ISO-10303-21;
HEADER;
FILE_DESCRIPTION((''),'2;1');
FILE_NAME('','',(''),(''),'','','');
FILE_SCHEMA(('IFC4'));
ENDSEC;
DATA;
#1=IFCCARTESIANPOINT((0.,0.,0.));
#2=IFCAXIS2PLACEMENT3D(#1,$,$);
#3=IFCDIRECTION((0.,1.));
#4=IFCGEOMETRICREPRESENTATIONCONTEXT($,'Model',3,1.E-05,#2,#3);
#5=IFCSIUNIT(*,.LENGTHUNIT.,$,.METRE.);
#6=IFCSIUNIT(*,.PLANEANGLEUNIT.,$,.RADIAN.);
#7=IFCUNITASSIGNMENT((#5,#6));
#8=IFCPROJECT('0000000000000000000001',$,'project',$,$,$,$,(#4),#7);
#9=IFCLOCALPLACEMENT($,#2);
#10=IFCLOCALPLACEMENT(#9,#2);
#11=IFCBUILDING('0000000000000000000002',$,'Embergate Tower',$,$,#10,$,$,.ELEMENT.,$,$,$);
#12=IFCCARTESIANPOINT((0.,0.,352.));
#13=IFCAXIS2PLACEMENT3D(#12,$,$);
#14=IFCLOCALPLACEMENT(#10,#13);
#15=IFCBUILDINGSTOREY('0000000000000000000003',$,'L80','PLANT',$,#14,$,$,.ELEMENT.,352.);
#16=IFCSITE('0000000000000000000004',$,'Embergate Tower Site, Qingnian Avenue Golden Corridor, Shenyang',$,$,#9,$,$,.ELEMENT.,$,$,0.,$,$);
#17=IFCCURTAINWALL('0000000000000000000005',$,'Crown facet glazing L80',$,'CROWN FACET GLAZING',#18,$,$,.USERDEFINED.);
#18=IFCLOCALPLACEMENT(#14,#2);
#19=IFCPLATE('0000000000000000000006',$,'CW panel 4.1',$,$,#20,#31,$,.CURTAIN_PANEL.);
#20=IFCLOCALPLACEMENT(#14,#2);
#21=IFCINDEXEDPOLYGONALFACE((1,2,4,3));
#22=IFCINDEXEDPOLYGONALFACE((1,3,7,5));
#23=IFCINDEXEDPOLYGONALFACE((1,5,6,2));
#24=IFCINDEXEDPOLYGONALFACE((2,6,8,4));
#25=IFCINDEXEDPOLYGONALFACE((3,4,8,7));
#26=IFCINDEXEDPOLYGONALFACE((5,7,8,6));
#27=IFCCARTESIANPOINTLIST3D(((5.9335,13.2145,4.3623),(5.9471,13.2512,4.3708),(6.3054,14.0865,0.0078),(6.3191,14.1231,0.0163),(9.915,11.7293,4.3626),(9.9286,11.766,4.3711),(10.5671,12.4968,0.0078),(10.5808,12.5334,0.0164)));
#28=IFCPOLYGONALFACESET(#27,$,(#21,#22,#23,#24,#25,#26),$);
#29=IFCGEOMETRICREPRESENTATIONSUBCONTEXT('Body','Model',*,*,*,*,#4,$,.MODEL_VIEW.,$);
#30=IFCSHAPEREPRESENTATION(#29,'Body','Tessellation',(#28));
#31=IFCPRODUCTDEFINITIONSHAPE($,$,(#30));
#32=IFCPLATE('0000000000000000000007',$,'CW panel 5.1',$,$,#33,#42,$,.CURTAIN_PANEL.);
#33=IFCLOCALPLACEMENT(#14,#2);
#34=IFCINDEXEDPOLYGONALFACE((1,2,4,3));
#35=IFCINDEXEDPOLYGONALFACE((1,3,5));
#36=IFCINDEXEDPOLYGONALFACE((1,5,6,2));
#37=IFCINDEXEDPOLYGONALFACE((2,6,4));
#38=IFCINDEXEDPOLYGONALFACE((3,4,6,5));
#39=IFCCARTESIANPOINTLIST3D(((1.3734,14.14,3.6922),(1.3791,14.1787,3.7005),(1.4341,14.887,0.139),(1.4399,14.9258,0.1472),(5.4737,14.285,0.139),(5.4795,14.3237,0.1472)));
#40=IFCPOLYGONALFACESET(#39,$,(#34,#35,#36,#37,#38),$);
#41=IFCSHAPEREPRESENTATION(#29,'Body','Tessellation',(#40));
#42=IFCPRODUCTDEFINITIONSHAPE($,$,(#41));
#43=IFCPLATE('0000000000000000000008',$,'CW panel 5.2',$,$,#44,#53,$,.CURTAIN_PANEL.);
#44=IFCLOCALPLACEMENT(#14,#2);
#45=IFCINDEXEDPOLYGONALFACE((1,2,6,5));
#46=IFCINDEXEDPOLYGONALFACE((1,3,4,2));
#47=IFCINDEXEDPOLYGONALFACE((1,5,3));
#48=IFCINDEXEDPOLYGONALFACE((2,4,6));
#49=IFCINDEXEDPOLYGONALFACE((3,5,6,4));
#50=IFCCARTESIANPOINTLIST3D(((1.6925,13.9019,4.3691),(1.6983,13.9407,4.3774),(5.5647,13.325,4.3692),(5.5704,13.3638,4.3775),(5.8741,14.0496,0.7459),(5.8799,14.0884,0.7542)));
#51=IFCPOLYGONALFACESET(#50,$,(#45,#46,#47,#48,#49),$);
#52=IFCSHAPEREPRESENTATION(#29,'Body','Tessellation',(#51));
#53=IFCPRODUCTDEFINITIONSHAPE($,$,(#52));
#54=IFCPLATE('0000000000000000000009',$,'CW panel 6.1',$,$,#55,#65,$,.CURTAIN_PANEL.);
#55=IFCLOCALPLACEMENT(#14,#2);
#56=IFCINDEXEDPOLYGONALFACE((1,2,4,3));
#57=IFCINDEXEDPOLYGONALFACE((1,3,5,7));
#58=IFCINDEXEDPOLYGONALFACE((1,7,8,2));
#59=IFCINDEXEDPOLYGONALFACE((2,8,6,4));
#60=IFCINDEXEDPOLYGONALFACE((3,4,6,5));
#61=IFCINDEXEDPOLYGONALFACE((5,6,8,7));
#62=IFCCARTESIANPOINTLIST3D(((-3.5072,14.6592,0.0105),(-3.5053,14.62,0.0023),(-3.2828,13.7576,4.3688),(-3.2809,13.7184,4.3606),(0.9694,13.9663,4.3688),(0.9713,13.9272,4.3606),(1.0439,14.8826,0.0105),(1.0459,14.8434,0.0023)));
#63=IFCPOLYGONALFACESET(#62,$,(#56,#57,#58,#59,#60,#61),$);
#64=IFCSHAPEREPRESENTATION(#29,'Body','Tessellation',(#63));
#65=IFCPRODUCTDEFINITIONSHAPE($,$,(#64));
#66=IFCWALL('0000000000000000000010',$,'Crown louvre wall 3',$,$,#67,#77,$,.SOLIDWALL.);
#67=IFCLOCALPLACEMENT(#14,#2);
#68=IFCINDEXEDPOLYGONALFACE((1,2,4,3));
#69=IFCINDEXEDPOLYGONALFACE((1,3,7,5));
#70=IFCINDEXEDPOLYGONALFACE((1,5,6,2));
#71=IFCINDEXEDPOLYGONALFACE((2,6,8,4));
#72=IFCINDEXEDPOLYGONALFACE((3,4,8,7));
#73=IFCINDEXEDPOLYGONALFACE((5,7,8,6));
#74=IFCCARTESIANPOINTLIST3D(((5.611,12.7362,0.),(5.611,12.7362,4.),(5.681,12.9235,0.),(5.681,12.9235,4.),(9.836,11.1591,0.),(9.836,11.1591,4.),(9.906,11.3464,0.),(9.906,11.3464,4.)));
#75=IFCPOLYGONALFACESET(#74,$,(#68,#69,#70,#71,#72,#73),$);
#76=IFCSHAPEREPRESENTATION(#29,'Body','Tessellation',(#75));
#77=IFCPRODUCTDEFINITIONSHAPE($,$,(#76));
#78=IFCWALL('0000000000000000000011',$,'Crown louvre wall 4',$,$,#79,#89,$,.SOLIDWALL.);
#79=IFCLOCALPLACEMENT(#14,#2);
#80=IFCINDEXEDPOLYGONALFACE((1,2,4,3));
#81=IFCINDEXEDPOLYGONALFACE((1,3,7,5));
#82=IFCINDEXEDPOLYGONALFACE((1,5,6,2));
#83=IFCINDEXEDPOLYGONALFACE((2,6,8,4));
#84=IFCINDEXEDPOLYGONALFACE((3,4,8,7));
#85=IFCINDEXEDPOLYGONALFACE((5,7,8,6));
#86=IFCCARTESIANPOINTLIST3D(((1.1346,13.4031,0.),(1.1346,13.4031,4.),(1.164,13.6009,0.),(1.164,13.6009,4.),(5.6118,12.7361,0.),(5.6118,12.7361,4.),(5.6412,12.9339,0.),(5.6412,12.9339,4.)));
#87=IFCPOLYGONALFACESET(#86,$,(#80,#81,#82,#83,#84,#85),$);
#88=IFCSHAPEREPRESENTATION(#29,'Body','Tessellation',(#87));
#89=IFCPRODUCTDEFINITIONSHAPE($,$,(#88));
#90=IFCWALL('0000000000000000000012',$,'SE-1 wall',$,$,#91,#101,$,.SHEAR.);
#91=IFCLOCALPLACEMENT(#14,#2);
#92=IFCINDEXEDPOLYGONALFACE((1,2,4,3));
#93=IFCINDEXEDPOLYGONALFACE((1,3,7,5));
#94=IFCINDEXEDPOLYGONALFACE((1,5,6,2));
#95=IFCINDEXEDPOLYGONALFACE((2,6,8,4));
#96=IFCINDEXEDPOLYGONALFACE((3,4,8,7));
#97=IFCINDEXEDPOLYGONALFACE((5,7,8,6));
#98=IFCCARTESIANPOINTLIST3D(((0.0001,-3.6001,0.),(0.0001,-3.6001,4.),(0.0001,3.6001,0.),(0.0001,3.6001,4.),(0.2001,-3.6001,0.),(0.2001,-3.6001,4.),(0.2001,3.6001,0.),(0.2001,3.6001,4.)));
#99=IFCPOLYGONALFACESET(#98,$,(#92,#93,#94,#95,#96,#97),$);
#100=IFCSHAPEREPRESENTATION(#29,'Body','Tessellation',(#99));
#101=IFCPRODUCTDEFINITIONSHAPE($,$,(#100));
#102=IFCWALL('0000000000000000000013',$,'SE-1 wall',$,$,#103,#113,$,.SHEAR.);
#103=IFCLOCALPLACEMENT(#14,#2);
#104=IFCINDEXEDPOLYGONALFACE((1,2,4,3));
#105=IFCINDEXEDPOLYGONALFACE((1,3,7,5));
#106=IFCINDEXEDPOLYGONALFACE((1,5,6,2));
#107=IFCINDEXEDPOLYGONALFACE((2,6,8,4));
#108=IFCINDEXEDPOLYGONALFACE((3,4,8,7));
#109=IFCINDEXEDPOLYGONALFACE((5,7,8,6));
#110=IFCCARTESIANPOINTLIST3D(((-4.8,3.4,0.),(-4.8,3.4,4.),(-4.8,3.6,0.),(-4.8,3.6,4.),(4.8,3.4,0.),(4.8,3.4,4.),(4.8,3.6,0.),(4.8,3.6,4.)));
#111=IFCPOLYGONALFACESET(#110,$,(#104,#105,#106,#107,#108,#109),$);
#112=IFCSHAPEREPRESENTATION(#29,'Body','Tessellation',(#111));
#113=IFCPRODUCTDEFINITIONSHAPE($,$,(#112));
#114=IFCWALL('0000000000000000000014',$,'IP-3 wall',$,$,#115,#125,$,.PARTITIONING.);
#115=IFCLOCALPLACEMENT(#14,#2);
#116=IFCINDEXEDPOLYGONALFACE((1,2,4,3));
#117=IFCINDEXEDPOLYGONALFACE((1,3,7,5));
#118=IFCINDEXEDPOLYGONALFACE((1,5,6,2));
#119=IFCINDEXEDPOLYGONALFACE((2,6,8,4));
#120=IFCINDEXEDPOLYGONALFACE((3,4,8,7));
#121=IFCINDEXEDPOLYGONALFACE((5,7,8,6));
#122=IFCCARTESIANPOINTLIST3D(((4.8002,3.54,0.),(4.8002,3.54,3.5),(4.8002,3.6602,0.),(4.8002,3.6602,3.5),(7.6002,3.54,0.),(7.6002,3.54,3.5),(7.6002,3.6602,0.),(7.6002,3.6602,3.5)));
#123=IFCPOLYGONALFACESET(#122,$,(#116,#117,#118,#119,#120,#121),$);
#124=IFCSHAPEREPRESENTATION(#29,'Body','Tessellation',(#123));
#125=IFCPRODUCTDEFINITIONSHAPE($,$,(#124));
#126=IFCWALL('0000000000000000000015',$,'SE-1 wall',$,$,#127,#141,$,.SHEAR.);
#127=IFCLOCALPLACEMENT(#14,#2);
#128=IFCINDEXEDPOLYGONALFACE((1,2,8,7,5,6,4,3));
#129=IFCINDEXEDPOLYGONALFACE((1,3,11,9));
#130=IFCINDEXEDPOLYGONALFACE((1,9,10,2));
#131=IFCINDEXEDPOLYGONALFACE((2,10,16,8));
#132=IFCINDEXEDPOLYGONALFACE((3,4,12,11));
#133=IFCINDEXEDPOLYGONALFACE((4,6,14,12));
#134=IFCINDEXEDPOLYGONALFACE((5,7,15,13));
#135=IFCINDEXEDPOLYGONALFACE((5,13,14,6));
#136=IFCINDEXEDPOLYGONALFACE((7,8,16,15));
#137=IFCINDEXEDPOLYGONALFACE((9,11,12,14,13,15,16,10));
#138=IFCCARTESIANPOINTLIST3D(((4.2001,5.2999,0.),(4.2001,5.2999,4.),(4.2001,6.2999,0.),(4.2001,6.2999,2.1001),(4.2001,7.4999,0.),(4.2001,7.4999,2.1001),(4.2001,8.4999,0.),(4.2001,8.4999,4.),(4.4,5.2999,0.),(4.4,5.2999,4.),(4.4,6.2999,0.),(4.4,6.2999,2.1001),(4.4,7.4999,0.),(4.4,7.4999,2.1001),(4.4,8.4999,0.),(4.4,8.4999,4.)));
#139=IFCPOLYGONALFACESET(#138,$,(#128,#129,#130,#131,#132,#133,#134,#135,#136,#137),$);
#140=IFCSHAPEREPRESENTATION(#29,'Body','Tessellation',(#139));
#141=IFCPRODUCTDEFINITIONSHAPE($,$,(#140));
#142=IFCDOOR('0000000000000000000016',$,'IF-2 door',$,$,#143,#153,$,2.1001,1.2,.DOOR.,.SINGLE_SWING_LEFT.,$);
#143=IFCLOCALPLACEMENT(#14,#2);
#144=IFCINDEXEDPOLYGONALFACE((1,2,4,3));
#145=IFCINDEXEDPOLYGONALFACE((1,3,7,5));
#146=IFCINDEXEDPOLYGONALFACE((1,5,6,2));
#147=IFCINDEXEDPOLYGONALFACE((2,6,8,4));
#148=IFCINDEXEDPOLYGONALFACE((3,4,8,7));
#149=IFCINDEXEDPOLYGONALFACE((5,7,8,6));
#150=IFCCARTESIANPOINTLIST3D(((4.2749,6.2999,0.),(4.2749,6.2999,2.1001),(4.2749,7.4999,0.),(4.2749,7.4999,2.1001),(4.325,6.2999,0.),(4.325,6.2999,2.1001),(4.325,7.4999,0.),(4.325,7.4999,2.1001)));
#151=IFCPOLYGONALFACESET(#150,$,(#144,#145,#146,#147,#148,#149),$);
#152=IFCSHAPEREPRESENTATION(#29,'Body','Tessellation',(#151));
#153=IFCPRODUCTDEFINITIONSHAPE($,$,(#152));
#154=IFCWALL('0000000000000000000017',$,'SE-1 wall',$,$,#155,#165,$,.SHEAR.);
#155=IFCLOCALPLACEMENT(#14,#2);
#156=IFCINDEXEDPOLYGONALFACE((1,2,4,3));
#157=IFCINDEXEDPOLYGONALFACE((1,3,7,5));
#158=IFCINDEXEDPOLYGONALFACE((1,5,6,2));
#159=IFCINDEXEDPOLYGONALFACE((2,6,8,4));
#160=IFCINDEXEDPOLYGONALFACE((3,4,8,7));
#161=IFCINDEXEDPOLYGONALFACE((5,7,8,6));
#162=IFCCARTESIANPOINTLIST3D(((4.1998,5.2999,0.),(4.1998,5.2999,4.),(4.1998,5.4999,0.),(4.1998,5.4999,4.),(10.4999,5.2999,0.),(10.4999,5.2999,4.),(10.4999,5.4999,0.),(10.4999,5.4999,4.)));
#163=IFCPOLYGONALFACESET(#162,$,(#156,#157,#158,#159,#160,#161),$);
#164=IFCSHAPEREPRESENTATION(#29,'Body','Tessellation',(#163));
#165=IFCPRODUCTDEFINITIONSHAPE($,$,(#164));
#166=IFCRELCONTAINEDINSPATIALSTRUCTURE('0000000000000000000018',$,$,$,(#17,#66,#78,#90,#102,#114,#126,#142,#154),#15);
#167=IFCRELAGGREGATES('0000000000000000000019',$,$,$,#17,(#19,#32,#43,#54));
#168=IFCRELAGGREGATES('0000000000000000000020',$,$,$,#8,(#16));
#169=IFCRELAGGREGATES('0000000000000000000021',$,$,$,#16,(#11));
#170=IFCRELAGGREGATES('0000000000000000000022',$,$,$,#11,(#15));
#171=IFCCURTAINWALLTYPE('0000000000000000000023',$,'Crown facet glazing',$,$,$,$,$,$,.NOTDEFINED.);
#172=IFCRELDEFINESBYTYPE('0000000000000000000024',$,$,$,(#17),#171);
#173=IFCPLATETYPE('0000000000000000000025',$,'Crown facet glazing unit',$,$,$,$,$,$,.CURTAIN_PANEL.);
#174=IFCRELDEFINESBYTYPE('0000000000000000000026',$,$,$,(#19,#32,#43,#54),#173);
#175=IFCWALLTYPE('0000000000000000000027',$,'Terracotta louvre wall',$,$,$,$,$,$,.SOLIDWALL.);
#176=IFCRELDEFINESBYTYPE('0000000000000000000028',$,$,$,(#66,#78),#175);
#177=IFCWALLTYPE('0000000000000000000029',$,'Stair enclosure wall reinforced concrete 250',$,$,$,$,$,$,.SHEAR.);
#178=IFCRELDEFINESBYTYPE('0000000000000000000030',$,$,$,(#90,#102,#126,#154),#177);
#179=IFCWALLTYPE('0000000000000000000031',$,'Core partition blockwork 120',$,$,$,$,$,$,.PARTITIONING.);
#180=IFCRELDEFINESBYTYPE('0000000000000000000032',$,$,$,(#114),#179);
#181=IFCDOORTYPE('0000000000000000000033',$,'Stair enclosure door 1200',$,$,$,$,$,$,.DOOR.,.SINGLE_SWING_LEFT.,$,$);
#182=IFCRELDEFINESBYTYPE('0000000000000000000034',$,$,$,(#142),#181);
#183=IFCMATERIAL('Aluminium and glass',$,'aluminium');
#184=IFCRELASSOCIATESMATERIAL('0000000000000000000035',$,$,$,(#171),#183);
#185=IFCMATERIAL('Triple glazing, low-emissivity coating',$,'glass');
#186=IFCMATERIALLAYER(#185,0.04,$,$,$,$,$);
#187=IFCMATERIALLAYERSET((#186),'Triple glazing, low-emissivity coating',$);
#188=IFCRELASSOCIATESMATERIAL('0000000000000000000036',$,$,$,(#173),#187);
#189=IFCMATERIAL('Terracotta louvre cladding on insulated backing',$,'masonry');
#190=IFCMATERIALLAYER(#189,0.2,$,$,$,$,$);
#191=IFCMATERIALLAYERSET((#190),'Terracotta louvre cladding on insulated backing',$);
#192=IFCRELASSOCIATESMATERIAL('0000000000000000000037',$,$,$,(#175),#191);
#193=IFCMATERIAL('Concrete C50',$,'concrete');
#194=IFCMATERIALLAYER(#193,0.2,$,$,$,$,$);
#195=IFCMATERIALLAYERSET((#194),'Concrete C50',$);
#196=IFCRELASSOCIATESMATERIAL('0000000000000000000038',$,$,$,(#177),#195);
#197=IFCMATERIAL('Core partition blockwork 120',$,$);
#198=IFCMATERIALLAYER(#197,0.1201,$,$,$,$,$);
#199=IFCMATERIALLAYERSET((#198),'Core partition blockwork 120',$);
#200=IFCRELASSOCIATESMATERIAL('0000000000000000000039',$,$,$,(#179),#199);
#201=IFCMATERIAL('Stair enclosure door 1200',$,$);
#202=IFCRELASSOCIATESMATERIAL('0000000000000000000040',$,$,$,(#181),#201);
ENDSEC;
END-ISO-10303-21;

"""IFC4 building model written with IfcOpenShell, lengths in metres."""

from ifc_helpers import new_model, si_unit, direction, frame, frame_2d, origin, place, context, subcontext, project, spatial, polyline, rectangle, outline, extrude, source, transform, mapped, material, layer, layer_set, type_object, element, fill, aggregate, save


model = new_model("IFC4")

# Units and contexts
model_context = context("Model", 3, precision=1e-05, world=origin(), true_north=direction((0.0, 1.0)))
body_context = subcontext(model_context, "Body", "Model", "MODEL_VIEW")
ifc_project = project(units=[si_unit("LENGTHUNIT", "METRE"), si_unit("PLANEANGLEUNIT", "RADIAN")], contexts=[model_context])

# Site, building, storey
site_placement = place(None, origin())
site = spatial("IfcSite", under=ifc_project, at=site_placement, Name="Embergate Tower Site, Qingnian Avenue Golden Corridor, Shenyang", CompositionType="ELEMENT", RefElevation=0.0)
building_placement = place(site_placement, origin())
building = spatial("IfcBuilding", under=site, at=building_placement, Name="Embergate Tower", CompositionType="ELEMENT")
storey_placement = place(building_placement, frame((0.0, 0.0, 352.0)))
storey = spatial("IfcBuildingStorey", under=building, at=storey_placement, Name="L80", Description="PLANT", CompositionType="ELEMENT", Elevation=352.0)

# Curtain wall, plates
ifc_material_1 = material(Name="Aluminium and glass", Category="aluminium")
curtain_wall_type = type_object("IfcCurtainWallType", Name="Crown facet glazing", PredefinedType="NOTDEFINED", material=ifc_material_1)
curtain_wall_placement = place(storey_placement, origin())
curtain_wall = element("IfcCurtainWall", 1, at=curtain_wall_placement, inside=storey, type_object=curtain_wall_type, Name="Crown facet glazing L80", ObjectType="CROWN FACET GLAZING", PredefinedType="USERDEFINED")
ifc_material_2 = material(Name="Triple glazing, low-emissivity coating", Category="glass")
ifc_layer_1 = layer(ifc_material_2, 0.04)
ifc_layer_set_1 = layer_set([ifc_layer_1], Name="Triple glazing, low-emissivity coating")
plate_type = type_object("IfcPlateType", Name="Crown facet glazing unit", PredefinedType="CURTAIN_PANEL", material=ifc_layer_set_1)
shared_shape_1 = source(origin(), body_context, "Body", "SweptSolid", [
    extrude(outline(polyline([(0.0, 0.0), (4.5486, 0.0), (4.5923, 4.4563), (0.3428, 4.4565), (0.0, 0.0)])), origin(), (0.0, 0.0, -1.0), 0.04),
])
plate_1_placement = place(storey_placement, frame((10.5808, 12.5334, 0.0164), z_axis=(0.341508, 0.915541, 0.212499), x_axis=(-0.936939, 0.349492, -0.000007)))
plate_1 = element("IfcPlate", 2, at=plate_1_placement, type_object=plate_type, Name="CW panel 4.1", PredefinedType="CURTAIN_PANEL", context=body_context, shape_type="MappedRepresentation", body=[
    mapped(shared_shape_1, transform((0.0, 0.0, 0.0))),
])
shared_shape_2 = source(origin(), body_context, "Body", "SweptSolid", [
    extrude(outline(polyline([(0.0, 0.0), (4.0842, 0.0), (4.0342, 3.6311), (0.0, 0.0)])), origin(), (0.0, 0.0, -1.0), 0.04),
])
plate_2_placement = place(storey_placement, frame((5.4795, 14.3237, 0.1472), z_axis=(0.14425, 0.967869, 0.205964), x_axis=(-0.989075, 0.147411, 0.0)))
plate_2 = element("IfcPlate", 3, at=plate_2_placement, type_object=plate_type, Name="CW panel 5.1", PredefinedType="CURTAIN_PANEL", context=body_context, shape_type="MappedRepresentation", body=[
    mapped(shared_shape_2, transform((0.0, 0.0, 0.0))),
])
shared_shape_3 = source(origin(), body_context, "Body", "SweptSolid", [
    extrude(outline(polyline([(0.0, 0.0), (5.5349, 0.0), (2.625, 2.6189), (0.0, 0.0)])), origin(), (0.0, 0.0, -1.0), 0.04),
])
plate_3_placement = place(storey_placement, frame((5.8799, 14.0884, 0.7542), z_axis=(0.144199, 0.967895, 0.205877), x_axis=(-0.755491, -0.026686, 0.654615)))
plate_3 = element("IfcPlate", 4, at=plate_3_placement, type_object=plate_type, Name="CW panel 5.2", PredefinedType="CURTAIN_PANEL", context=body_context, shape_type="MappedRepresentation", body=[
    mapped(shared_shape_3, transform((0.0, 0.0, 0.0))),
])
shared_shape_4 = source(origin(), body_context, "Body", "SweptSolid", [
    extrude(outline(polyline([(0.0, 0.0), (4.5566, 0.0), (4.3767, 4.4526), (0.1194, 4.4526), (0.0, 0.0)])), origin(), (0.0, 0.0, -1.0), 0.04),
])
plate_4_placement = place(storey_placement, frame((1.0439, 14.8826, 0.0105), z_axis=(-0.047989, 0.977645, 0.204713), x_axis=(-0.998797, -0.049027, -0.000001)))
plate_4 = element("IfcPlate", 5, at=plate_4_placement, type_object=plate_type, Name="CW panel 6.1", PredefinedType="CURTAIN_PANEL", context=body_context, shape_type="MappedRepresentation", body=[
    mapped(shared_shape_4, transform((0.0, 0.0, 0.0))),
])
aggregate(curtain_wall, [plate_1, plate_2, plate_3, plate_4])

# Walls
ifc_material_3 = material(Name="Terracotta louvre cladding on insulated backing", Category="masonry")
ifc_layer_2 = layer(ifc_material_3, 0.2)
ifc_layer_set_2 = layer_set([ifc_layer_2], Name="Terracotta louvre cladding on insulated backing")
wall_type_1 = type_object("IfcWallType", Name="Terracotta louvre wall", PredefinedType="SOLIDWALL", material=ifc_layer_set_2)
shared_shape_5 = source(origin(), body_context, "Body", "SweptSolid", [
    extrude(rectangle(XDim=4.5098, YDim=0.2, at=frame_2d((2.2549, 0.0))), origin(), (0.0, 0.0, 1.0), 4.0),
])
wall_1_placement = place(storey_placement, frame((5.646, 12.8298, 0.0), z_axis=(0.0, 0.0, 1.0), x_axis=(0.936858, -0.349711, 0.0)))
element("IfcWall", 6, at=wall_1_placement, inside=storey, type_object=wall_type_1, Name="Crown louvre wall 3", PredefinedType="SOLIDWALL", context=body_context, shape_type="MappedRepresentation", body=[
    mapped(shared_shape_5, transform((0.0, 0.0, 0.0))),
])
shared_shape_6 = source(origin(), body_context, "Body", "SweptSolid", [
    extrude(rectangle(XDim=4.5266, YDim=0.2, at=frame_2d((2.2632, 0.0))), origin(), (0.0, 0.0, 1.0), 4.0),
])
wall_2_placement = place(storey_placement, frame((1.1494, 13.502, 0.0), z_axis=(0.0, 0.0, 1.0), x_axis=(0.989085, -0.147346, 0.0)))
element("IfcWall", 7, at=wall_2_placement, inside=storey, type_object=wall_type_1, Name="Crown louvre wall 4", PredefinedType="SOLIDWALL", context=body_context, shape_type="MappedRepresentation", body=[
    mapped(shared_shape_6, transform((0.0, 0.0, 0.0))),
])
ifc_material_4 = material(Name="Concrete C50", Category="concrete")
ifc_layer_3 = layer(ifc_material_4, 0.2)
ifc_layer_set_3 = layer_set([ifc_layer_3], Name="Concrete C50")
wall_type_2 = type_object("IfcWallType", Name="Stair enclosure wall reinforced concrete 250", PredefinedType="SHEAR", material=ifc_layer_set_3)
shared_shape_7 = source(origin(), body_context, "Body", "SweptSolid", [
    extrude(rectangle(XDim=7.2002, YDim=0.2, at=frame_2d((3.6001, 0.0))), origin(), (0.0, 0.0, 1.0), 4.0),
])
wall_3_placement = place(storey_placement, frame((0.1001, 3.6001, 0.0), z_axis=(0.0, 0.0, 1.0), x_axis=(0.0, -1.0, 0.0)))
element("IfcWall", 8, at=wall_3_placement, inside=storey, type_object=wall_type_2, Name="SE-1 wall", PredefinedType="SHEAR", context=body_context, shape_type="MappedRepresentation", body=[
    mapped(shared_shape_7, transform((0.0, 0.0, 0.0))),
])
shared_shape_8 = source(origin(), body_context, "Body", "SweptSolid", [
    extrude(rectangle(XDim=9.6001, YDim=0.2, at=frame_2d((4.8, 0.0))), origin(), (0.0, 0.0, 1.0), 4.0),
])
wall_4_placement = place(storey_placement, frame((4.8, 3.5, 0.0), z_axis=(0.0, 0.0, 1.0), x_axis=(-1.0, 0.0, 0.0)))
element("IfcWall", 9, at=wall_4_placement, inside=storey, type_object=wall_type_2, Name="SE-1 wall", PredefinedType="SHEAR", context=body_context, shape_type="MappedRepresentation", body=[
    mapped(shared_shape_8, transform((0.0, 0.0, 0.0))),
])
ifc_material_5 = material(Name="Core partition blockwork 120")
ifc_layer_4 = layer(ifc_material_5, 0.1201)
ifc_layer_set_4 = layer_set([ifc_layer_4], Name="Core partition blockwork 120")
wall_type_3 = type_object("IfcWallType", Name="Core partition blockwork 120", PredefinedType="PARTITIONING", material=ifc_layer_set_4)
shared_shape_9 = source(origin(), body_context, "Body", "SweptSolid", [
    extrude(rectangle(XDim=2.8, YDim=0.1201, at=frame_2d((1.3999, 0.0))), origin(), (0.0, 0.0, 1.0), 3.5),
])
wall_5_placement = place(storey_placement, frame((7.6001, 3.6001, 0.0), z_axis=(0.0, 0.0, 1.0), x_axis=(-1.0, 0.0, 0.0)))
element("IfcWall", 10, at=wall_5_placement, inside=storey, type_object=wall_type_3, Name="IP-3 wall", PredefinedType="PARTITIONING", context=body_context, shape_type="MappedRepresentation", body=[
    mapped(shared_shape_9, transform((0.0, 0.0, 0.0))),
])

# Wall, opening, door
shared_shape_10 = source(origin(), body_context, "Body", "SweptSolid", [
    extrude(rectangle(XDim=3.2, YDim=0.2, at=frame_2d((1.6001, 0.0))), origin(), (0.0, 0.0, 1.0), 4.0),
])
wall_6_placement = place(storey_placement, frame((4.3, 8.5, 0.0), z_axis=(0.0, 0.0, 1.0), x_axis=(0.0, -1.0, 0.0)))
wall_6 = element("IfcWall", 11, at=wall_6_placement, inside=storey, type_object=wall_type_2, Name="SE-1 wall", PredefinedType="SHEAR", context=body_context, shape_type="MappedRepresentation", body=[
    mapped(shared_shape_10, transform((0.0, 0.0, 0.0))),
])
shared_shape_11 = source(origin(), body_context, "Body", "SweptSolid", [
    extrude(rectangle(XDim=1.2, YDim=2.1001, at=frame_2d((0.6001, 1.05))), frame((0.0, 0.1099, 0.0), z_axis=(0.0, -1.0, 0.0), x_axis=(1.0, 0.0, 0.0)), (0.0, 0.0, 1.0), 0.22),
])
opening_placement = place(wall_6_placement, frame((1.0, 0.0, 0.0)))
opening = element("IfcOpeningElement", 12, at=opening_placement, cuts=wall_6, PredefinedType="OPENING", context=body_context, shape_type="MappedRepresentation", body=[
    mapped(shared_shape_11, transform((0.0, 0.0, 0.0))),
])
ifc_material_6 = material(Name="Stair enclosure door 1200")
door_type = type_object("IfcDoorType", Name="Stair enclosure door 1200", OperationType="SINGLE_SWING_LEFT", PredefinedType="DOOR", material=ifc_material_6)
shared_shape_12 = source(origin(), body_context, "Body", "SweptSolid", [
    extrude(rectangle(XDim=1.2, YDim=2.1001, at=frame_2d((0.6001, 1.05))), frame((0.0, 0.0249, 0.0), z_axis=(0.0, -1.0, 0.0), x_axis=(1.0, 0.0, 0.0)), (0.0, 0.0, 1.0), 0.05),
])
door_placement = place(opening_placement, origin())
door = element("IfcDoor", 13, at=door_placement, inside=storey, type_object=door_type, Name="IF-2 door", OperationType="SINGLE_SWING_LEFT", OverallHeight=2.1001, OverallWidth=1.2, PredefinedType="DOOR", context=body_context, shape_type="MappedRepresentation", body=[
    mapped(shared_shape_12, transform((0.0, 0.0, 0.0))),
])
fill(opening, door)

# Wall
shared_shape_13 = source(origin(), body_context, "Body", "SweptSolid", [
    extrude(rectangle(XDim=6.3, YDim=0.2, at=frame_2d((3.1499, 0.0))), origin(), (0.0, 0.0, 1.0), 4.0),
])
wall_7_placement = place(storey_placement, frame((4.2, 5.3999, 0.0), z_axis=(0.0, 0.0, 1.0), x_axis=(1.0, 0.0, 0.0)))
element("IfcWall", 14, at=wall_7_placement, inside=storey, type_object=wall_type_2, Name="SE-1 wall", PredefinedType="SHEAR", context=body_context, shape_type="MappedRepresentation", body=[
    mapped(shared_shape_13, transform((0.0, 0.0, 0.0))),
])

save(model, "model.ifc")
